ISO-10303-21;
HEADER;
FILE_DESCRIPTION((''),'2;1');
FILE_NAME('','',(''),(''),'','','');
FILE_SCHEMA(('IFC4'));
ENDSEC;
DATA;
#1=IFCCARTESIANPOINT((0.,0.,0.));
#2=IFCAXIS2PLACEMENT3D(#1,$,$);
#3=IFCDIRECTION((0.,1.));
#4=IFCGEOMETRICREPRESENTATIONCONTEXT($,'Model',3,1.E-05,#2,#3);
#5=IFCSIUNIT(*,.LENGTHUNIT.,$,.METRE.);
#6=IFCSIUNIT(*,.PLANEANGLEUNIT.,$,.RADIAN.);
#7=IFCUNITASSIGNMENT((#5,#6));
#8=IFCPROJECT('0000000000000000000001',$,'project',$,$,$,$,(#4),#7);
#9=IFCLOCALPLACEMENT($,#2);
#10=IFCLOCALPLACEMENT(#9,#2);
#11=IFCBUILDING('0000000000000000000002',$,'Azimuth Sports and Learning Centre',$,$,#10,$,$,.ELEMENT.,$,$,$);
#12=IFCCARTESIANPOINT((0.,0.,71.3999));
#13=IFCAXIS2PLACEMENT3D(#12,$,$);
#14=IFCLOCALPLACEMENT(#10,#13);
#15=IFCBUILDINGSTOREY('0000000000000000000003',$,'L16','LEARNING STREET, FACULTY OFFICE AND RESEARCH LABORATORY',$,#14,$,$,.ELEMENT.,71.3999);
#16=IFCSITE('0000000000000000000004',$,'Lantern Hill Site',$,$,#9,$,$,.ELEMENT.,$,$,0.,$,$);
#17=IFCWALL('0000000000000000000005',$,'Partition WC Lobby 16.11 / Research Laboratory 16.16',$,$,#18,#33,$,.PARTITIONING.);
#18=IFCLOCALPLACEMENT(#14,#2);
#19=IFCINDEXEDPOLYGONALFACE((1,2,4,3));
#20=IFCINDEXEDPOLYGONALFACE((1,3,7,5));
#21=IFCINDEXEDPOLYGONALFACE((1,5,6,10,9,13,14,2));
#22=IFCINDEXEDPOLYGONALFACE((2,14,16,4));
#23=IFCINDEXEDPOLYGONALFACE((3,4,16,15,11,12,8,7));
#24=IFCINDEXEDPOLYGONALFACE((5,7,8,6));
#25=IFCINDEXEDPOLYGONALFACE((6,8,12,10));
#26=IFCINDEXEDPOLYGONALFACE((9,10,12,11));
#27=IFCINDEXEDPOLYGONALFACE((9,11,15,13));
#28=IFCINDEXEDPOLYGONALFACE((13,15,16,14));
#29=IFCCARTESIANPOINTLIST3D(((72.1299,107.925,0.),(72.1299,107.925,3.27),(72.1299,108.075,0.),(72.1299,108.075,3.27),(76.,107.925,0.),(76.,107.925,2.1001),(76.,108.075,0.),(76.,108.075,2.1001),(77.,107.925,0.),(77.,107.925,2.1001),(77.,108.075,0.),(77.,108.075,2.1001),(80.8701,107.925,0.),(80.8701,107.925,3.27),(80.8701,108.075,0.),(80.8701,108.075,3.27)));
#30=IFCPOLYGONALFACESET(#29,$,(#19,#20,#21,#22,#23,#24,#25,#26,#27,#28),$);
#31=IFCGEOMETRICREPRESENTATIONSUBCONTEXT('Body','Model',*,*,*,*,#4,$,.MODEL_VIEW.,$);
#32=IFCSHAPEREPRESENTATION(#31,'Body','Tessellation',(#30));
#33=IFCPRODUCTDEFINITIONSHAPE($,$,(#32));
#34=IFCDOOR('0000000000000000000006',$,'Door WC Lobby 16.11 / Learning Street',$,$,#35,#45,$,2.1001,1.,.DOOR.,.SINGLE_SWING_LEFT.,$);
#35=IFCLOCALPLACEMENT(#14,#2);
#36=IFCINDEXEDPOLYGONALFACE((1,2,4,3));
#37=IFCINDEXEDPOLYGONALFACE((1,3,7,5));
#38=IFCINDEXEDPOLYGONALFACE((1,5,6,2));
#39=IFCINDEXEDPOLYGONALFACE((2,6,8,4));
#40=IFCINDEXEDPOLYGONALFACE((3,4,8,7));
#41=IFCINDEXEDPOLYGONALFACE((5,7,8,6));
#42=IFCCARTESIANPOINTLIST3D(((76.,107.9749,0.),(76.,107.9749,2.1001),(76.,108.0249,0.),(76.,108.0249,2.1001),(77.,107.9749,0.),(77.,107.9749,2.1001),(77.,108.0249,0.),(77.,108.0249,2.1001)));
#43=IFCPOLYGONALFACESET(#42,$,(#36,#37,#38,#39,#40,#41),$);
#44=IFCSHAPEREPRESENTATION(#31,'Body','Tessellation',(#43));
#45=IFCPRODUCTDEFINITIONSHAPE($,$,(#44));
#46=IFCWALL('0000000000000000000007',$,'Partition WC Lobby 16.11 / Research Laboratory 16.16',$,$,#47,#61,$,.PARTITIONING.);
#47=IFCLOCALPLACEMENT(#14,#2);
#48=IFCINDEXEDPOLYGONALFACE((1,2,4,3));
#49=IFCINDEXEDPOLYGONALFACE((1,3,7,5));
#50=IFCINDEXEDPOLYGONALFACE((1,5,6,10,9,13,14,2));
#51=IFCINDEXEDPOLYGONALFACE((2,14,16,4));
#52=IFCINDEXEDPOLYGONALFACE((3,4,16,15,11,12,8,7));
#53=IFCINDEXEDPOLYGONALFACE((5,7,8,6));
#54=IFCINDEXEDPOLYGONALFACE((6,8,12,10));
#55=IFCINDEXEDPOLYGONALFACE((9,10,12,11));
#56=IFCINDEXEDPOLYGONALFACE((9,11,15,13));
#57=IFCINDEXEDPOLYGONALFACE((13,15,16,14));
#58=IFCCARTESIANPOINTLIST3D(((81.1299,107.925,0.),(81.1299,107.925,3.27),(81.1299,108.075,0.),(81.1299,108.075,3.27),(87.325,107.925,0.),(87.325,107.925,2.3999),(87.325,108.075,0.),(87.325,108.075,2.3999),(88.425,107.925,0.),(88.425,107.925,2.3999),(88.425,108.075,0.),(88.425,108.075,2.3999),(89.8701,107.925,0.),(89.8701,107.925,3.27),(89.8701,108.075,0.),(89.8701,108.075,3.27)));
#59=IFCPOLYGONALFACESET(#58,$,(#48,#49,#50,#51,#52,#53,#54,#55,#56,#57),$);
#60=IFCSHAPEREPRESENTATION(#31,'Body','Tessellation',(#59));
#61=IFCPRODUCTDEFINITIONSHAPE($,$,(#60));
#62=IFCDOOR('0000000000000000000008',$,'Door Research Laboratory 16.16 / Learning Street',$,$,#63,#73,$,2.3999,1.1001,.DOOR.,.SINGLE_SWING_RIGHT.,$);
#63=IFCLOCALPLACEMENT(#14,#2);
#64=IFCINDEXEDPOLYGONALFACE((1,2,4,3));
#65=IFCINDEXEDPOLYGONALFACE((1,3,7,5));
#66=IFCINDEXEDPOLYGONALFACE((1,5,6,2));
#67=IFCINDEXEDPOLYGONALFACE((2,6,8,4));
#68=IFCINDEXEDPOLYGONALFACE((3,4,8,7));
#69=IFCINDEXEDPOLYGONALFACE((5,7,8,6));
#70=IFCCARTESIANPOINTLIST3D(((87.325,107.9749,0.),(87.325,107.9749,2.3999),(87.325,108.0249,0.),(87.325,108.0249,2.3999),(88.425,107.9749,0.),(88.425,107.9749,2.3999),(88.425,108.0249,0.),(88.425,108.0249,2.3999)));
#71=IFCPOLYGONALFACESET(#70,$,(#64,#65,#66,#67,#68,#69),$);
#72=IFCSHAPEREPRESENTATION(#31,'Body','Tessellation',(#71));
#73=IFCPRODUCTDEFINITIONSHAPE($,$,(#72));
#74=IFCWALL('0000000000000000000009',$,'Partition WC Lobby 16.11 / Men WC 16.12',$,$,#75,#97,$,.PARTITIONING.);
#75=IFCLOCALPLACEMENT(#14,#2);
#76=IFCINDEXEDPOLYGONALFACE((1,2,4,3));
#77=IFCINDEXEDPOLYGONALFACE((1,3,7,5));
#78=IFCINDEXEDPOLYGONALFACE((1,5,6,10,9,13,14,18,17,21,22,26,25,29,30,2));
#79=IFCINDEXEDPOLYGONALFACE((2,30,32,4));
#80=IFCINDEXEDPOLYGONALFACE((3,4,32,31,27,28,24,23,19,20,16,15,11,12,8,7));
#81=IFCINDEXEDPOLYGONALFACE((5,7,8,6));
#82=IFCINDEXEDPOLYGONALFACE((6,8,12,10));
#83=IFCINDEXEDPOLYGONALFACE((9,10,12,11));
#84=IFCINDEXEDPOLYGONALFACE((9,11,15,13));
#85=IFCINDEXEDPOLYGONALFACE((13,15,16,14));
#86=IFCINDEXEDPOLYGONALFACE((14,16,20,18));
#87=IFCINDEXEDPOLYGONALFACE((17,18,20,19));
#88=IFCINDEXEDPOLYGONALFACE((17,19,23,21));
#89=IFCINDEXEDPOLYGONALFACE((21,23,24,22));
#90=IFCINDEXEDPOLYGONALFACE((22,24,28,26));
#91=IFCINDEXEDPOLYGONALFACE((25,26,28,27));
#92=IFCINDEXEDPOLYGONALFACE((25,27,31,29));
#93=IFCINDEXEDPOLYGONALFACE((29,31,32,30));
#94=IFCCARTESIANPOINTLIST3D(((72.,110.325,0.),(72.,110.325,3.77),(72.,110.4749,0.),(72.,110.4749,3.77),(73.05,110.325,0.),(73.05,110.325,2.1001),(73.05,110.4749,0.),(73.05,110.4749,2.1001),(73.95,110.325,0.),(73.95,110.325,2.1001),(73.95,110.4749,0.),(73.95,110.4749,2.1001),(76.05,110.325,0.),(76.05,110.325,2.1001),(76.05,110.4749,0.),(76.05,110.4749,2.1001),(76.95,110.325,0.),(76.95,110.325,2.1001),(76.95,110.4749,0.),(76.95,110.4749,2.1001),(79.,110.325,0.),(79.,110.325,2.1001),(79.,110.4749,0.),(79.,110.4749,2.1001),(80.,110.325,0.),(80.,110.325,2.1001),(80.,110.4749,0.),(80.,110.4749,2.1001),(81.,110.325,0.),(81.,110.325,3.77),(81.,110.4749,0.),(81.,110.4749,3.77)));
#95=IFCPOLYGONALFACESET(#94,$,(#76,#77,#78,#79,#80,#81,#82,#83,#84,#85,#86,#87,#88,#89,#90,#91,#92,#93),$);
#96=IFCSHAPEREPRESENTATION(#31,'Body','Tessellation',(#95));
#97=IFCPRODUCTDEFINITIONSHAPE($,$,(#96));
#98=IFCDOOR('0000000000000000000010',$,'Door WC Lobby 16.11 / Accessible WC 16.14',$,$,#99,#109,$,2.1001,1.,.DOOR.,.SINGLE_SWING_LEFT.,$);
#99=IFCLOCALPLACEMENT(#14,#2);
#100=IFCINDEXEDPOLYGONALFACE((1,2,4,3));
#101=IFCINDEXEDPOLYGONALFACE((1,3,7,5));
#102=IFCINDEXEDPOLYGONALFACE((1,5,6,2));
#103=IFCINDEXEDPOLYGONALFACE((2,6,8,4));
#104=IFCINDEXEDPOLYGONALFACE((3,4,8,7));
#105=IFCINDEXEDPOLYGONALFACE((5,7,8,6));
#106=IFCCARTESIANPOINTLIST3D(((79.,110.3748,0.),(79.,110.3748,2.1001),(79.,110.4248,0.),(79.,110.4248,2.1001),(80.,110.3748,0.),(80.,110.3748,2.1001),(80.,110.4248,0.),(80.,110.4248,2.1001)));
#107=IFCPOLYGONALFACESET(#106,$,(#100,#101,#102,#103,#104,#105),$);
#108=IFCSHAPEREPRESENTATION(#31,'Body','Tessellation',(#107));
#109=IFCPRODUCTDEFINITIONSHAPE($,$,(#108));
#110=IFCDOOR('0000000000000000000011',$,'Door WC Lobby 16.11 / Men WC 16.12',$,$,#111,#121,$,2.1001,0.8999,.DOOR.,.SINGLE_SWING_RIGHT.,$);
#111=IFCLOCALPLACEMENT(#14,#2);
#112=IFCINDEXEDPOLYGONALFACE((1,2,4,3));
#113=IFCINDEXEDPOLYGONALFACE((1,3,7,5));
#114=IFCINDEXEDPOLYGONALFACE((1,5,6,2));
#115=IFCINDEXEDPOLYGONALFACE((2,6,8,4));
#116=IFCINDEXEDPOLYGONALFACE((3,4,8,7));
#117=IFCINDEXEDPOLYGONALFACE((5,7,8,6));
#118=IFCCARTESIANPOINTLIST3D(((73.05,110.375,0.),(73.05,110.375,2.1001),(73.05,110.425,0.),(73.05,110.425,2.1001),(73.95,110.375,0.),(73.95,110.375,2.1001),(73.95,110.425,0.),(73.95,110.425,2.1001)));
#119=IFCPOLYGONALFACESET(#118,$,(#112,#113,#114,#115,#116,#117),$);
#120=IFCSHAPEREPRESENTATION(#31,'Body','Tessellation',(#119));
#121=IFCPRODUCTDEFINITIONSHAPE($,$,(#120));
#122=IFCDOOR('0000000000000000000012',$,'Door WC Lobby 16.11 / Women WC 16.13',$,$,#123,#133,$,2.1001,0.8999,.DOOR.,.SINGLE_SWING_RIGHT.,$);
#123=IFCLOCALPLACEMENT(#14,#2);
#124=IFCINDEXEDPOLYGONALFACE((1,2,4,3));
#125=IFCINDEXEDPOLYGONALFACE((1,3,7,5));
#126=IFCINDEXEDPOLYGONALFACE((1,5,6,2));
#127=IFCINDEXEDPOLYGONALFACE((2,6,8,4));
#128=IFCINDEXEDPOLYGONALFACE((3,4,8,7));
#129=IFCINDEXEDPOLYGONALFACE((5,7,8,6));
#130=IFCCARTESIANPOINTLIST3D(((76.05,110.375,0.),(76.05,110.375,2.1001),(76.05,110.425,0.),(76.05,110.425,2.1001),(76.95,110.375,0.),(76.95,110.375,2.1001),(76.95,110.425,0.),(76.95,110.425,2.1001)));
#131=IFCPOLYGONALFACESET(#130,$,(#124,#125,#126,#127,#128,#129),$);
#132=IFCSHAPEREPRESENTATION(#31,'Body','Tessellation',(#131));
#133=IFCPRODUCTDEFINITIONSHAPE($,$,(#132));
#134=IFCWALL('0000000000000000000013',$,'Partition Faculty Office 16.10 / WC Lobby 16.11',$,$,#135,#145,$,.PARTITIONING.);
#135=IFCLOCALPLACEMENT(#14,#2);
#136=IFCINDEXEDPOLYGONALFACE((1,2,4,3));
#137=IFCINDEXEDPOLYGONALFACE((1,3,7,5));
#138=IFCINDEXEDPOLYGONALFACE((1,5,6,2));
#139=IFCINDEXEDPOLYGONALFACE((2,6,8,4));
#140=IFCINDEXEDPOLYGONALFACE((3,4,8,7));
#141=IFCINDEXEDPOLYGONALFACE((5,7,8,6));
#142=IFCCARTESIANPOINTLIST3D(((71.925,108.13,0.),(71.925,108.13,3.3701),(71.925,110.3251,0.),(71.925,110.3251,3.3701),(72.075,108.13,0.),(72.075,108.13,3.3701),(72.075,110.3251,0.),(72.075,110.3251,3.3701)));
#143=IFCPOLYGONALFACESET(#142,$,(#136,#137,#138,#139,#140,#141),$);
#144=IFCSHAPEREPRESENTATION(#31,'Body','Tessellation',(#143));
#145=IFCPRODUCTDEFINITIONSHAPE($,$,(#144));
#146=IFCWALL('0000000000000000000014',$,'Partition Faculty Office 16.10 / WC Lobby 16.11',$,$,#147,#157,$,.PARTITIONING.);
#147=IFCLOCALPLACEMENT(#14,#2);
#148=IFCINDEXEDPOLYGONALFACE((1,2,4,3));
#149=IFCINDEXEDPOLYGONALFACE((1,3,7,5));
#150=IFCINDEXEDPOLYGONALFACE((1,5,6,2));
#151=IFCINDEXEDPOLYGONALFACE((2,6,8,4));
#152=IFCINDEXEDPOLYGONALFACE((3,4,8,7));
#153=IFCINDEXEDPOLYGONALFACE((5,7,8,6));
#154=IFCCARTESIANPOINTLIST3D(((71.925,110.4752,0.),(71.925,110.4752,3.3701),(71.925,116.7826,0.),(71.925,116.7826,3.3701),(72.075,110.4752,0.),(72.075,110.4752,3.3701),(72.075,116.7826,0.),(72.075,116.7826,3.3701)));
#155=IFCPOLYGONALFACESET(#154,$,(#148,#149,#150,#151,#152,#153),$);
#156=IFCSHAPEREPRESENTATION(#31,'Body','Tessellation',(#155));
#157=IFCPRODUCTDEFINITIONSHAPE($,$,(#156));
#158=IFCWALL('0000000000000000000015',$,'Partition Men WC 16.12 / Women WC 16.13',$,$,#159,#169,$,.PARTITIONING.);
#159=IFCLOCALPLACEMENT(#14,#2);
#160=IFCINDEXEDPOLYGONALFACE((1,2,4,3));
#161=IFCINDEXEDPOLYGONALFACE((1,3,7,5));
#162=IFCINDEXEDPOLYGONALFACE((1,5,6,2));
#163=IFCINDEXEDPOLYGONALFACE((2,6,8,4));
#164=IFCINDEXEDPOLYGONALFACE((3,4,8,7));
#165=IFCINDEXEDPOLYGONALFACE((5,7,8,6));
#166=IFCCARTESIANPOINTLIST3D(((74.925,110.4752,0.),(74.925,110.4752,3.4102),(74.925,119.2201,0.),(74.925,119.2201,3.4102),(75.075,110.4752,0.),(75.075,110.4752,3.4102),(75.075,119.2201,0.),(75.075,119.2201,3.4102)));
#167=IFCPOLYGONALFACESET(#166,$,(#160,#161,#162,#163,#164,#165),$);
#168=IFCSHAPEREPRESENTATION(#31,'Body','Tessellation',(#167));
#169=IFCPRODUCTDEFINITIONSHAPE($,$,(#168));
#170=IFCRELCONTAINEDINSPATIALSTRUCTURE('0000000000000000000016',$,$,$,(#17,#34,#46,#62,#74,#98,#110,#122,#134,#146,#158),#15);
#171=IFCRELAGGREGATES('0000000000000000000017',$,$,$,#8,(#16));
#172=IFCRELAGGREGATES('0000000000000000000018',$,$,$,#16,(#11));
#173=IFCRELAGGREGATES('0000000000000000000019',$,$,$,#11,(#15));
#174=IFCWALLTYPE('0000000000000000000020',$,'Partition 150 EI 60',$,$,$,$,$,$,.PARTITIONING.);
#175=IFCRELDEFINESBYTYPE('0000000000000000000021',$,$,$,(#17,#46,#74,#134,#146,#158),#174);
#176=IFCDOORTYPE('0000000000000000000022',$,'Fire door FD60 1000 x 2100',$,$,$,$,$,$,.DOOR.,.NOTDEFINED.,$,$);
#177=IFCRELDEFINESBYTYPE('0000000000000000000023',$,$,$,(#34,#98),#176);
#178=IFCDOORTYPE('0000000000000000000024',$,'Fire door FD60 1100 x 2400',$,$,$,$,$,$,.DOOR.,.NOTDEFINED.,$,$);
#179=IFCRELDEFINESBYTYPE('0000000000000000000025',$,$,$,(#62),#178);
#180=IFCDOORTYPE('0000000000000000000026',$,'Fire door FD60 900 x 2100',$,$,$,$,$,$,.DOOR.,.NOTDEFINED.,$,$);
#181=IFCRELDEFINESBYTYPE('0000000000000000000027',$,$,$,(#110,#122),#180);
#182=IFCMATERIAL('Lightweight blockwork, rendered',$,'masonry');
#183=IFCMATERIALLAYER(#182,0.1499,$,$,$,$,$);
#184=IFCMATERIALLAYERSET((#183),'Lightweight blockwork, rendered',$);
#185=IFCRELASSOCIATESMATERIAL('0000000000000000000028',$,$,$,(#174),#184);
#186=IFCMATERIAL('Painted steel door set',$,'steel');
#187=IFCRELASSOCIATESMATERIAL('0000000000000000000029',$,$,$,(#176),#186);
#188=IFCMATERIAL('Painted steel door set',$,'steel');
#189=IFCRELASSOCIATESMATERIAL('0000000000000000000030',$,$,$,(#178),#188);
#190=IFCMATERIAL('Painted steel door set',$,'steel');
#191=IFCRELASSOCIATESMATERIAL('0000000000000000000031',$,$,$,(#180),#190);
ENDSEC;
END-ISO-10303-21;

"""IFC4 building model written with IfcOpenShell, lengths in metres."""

from ifc_helpers import new_model, si_unit, direction, frame, frame_2d, origin, place, context, subcontext, project, spatial, rectangle, extrude, material, layer, layer_set, type_object, element, fill, save


model = new_model("IFC4")

# Units and contexts
model_context = context("Model", 3, precision=1e-05, world=origin(), true_north=direction((0.0, 1.0)))
body_context = subcontext(model_context, "Body", "Model", "MODEL_VIEW")
ifc_project = project(units=[si_unit("LENGTHUNIT", "METRE"), si_unit("PLANEANGLEUNIT", "RADIAN")], contexts=[model_context])

# Site, building, storey
site_placement = place(None, origin())
site = spatial("IfcSite", under=ifc_project, at=site_placement, Name="Lantern Hill Site", CompositionType="ELEMENT", RefElevation=0.0)
building_placement = place(site_placement, origin())
building = spatial("IfcBuilding", under=site, at=building_placement, Name="Azimuth Sports and Learning Centre", CompositionType="ELEMENT")
storey_placement = place(building_placement, frame((0.0, 0.0, 71.3999)))
storey = spatial("IfcBuildingStorey", under=building, at=storey_placement, Name="L16", Description="LEARNING STREET, FACULTY OFFICE AND RESEARCH LABORATORY", CompositionType="ELEMENT", Elevation=71.3999)

# Walls, openings, doors
ifc_material_1 = material(Name="Lightweight blockwork, rendered", Category="masonry")
ifc_layer = layer(ifc_material_1, 0.1499)
ifc_layer_set = layer_set([ifc_layer], Name="Lightweight blockwork, rendered")
wall_type = type_object("IfcWallType", Name="Partition 150 EI 60", PredefinedType="PARTITIONING", material=ifc_layer_set)
wall_1_placement = place(storey_placement, frame((72.1299, 108.0, 0.0), z_axis=(0.0, 0.0, 1.0), x_axis=(1.0, 0.0, 0.0)))
wall_1 = element("IfcWall", 1, at=wall_1_placement, inside=storey, type_object=wall_type, Name="Partition WC Lobby 16.11 / Research Laboratory 16.16", PredefinedType="PARTITIONING", context=body_context, shape_type="SweptSolid", body=[
    extrude(rectangle(XDim=8.7402, YDim=0.1499, at=frame_2d((4.3701, 0.0))), origin(), (0.0, 0.0, 1.0), 3.27),
])
opening_1_placement = place(wall_1_placement, frame((3.8701, 0.0, 0.0)))
opening_1 = element("IfcOpeningElement", 2, at=opening_1_placement, cuts=wall_1, PredefinedType="OPENING", context=body_context, shape_type="SweptSolid", body=[
    extrude(rectangle(XDim=1.0, YDim=2.1001, at=frame_2d((0.5, 1.05))), frame((0.0, 0.0859, 0.0), z_axis=(0.0, -1.0, 0.0), x_axis=(1.0, 0.0, 0.0)), (0.0, 0.0, 1.0), 0.1719),
])
ifc_material_2 = material(Name="Painted steel door set", Category="steel")
door_type_1 = type_object("IfcDoorType", Name="Fire door FD60 1000 x 2100", OperationType="NOTDEFINED", PredefinedType="DOOR", material=ifc_material_2)
door_1_placement = place(opening_1_placement, origin())
door_1 = element("IfcDoor", 3, at=door_1_placement, inside=storey, type_object=door_type_1, Name="Door WC Lobby 16.11 / Learning Street", OperationType="SINGLE_SWING_LEFT", OverallHeight=2.1001, OverallWidth=1.0, PredefinedType="DOOR", context=body_context, shape_type="SweptSolid", body=[
    extrude(rectangle(XDim=1.0, YDim=2.1001, at=frame_2d((0.5, 1.05))), frame((0.0, 0.0249, 0.0), z_axis=(0.0, -1.0, 0.0), x_axis=(1.0, 0.0, 0.0)), (0.0, 0.0, 1.0), 0.05),
])
fill(opening_1, door_1)
wall_2_placement = place(storey_placement, frame((81.1299, 108.0, 0.0), z_axis=(0.0, 0.0, 1.0), x_axis=(1.0, 0.0, 0.0)))
wall_2 = element("IfcWall", 4, at=wall_2_placement, inside=storey, type_object=wall_type, Name="Partition WC Lobby 16.11 / Research Laboratory 16.16", PredefinedType="PARTITIONING", context=body_context, shape_type="SweptSolid", body=[
    extrude(rectangle(XDim=8.7402, YDim=0.1499, at=frame_2d((4.3701, 0.0))), origin(), (0.0, 0.0, 1.0), 3.27),
])
opening_2_placement = place(wall_2_placement, frame((6.1951, 0.0, 0.0)))
opening_2 = element("IfcOpeningElement", 5, at=opening_2_placement, cuts=wall_2, PredefinedType="OPENING", context=body_context, shape_type="SweptSolid", body=[
    extrude(rectangle(XDim=1.1001, YDim=2.3999, at=frame_2d((0.55, 1.2))), frame((0.0, 0.0859, 0.0), z_axis=(0.0, -1.0, 0.0), x_axis=(1.0, 0.0, 0.0)), (0.0, 0.0, 1.0), 0.1719),
])
ifc_material_3 = material(Name="Painted steel door set", Category="steel")
door_type_2 = type_object("IfcDoorType", Name="Fire door FD60 1100 x 2400", OperationType="NOTDEFINED", PredefinedType="DOOR", material=ifc_material_3)
door_2_placement = place(opening_2_placement, origin())
door_2 = element("IfcDoor", 6, at=door_2_placement, inside=storey, type_object=door_type_2, Name="Door Research Laboratory 16.16 / Learning Street", OperationType="SINGLE_SWING_RIGHT", OverallHeight=2.3999, OverallWidth=1.1001, PredefinedType="DOOR", context=body_context, shape_type="SweptSolid", body=[
    extrude(rectangle(XDim=1.1001, YDim=2.3999, at=frame_2d((0.55, 1.2))), frame((0.0, 0.0249, 0.0), z_axis=(0.0, -1.0, 0.0), x_axis=(1.0, 0.0, 0.0)), (0.0, 0.0, 1.0), 0.05),
])
fill(opening_2, door_2)

# Wall, openings, doors
wall_3_placement = place(storey_placement, frame((72.0, 110.3999, 0.0), z_axis=(0.0, 0.0, 1.0), x_axis=(1.0, 0.0, 0.0)))
wall_3 = element("IfcWall", 7, at=wall_3_placement, inside=storey, type_object=wall_type, Name="Partition WC Lobby 16.11 / Men WC 16.12", PredefinedType="PARTITIONING", context=body_context, shape_type="SweptSolid", body=[
    extrude(rectangle(XDim=9.0, YDim=0.1499, at=frame_2d((4.5, 0.0))), origin(), (0.0, 0.0, 1.0), 3.77),
])
opening_3_placement = place(wall_3_placement, frame((1.05, 0.0, 0.0)))
opening_3 = element("IfcOpeningElement", 8, at=opening_3_placement, cuts=wall_3, PredefinedType="OPENING", context=body_context, shape_type="SweptSolid", body=[
    extrude(rectangle(XDim=0.8999, YDim=2.1001, at=frame_2d((0.45, 1.05))), frame((0.0, 0.0859, 0.0), z_axis=(0.0, -1.0, 0.0), x_axis=(1.0, 0.0, 0.0)), (0.0, 0.0, 1.0), 0.1719),
])
opening_4_placement = place(wall_3_placement, frame((4.05, 0.0, 0.0)))
opening_4 = element("IfcOpeningElement", 9, at=opening_4_placement, cuts=wall_3, PredefinedType="OPENING", context=body_context, shape_type="SweptSolid", body=[
    extrude(rectangle(XDim=0.8999, YDim=2.1001, at=frame_2d((0.45, 1.05))), frame((0.0, 0.0859, 0.0), z_axis=(0.0, -1.0, 0.0), x_axis=(1.0, 0.0, 0.0)), (0.0, 0.0, 1.0), 0.1719),
])
opening_5_placement = place(wall_3_placement, frame((7.0, 0.0, 0.0)))
opening_5 = element("IfcOpeningElement", 10, at=opening_5_placement, cuts=wall_3, PredefinedType="OPENING", context=body_context, shape_type="SweptSolid", body=[
    extrude(rectangle(XDim=1.0, YDim=2.1001, at=frame_2d((0.5, 1.05))), frame((0.0, 0.0859, 0.0), z_axis=(0.0, -1.0, 0.0), x_axis=(1.0, 0.0, 0.0)), (0.0, 0.0, 1.0), 0.1719),
])
door_3_placement = place(opening_5_placement, origin())
door_3 = element("IfcDoor", 11, at=door_3_placement, inside=storey, type_object=door_type_1, Name="Door WC Lobby 16.11 / Accessible WC 16.14", OperationType="SINGLE_SWING_LEFT", OverallHeight=2.1001, OverallWidth=1.0, PredefinedType="DOOR", context=body_context, shape_type="SweptSolid", body=[
    extrude(rectangle(XDim=1.0, YDim=2.1001, at=frame_2d((0.5, 1.05))), frame((0.0, 0.0249, 0.0), z_axis=(0.0, -1.0, 0.0), x_axis=(1.0, 0.0, 0.0)), (0.0, 0.0, 1.0), 0.05),
])
fill(opening_5, door_3)
ifc_material_4 = material(Name="Painted steel door set", Category="steel")
door_type_3 = type_object("IfcDoorType", Name="Fire door FD60 900 x 2100", OperationType="NOTDEFINED", PredefinedType="DOOR", material=ifc_material_4)
door_4_placement = place(opening_3_placement, frame((0.8999, 0.0, 0.0), z_axis=(0.0, 0.0, 1.0), x_axis=(-1.0, 0.0, 0.0)))
door_4 = element("IfcDoor", 12, at=door_4_placement, inside=storey, type_object=door_type_3, Name="Door WC Lobby 16.11 / Men WC 16.12", OperationType="SINGLE_SWING_RIGHT", OverallHeight=2.1001, OverallWidth=0.8999, PredefinedType="DOOR", context=body_context, shape_type="SweptSolid", body=[
    extrude(rectangle(XDim=0.8999, YDim=2.1001, at=frame_2d((0.45, 1.05))), frame((0.0, 0.0249, 0.0), z_axis=(0.0, -1.0, 0.0), x_axis=(1.0, 0.0, 0.0)), (0.0, 0.0, 1.0), 0.05),
])
fill(opening_3, door_4)
door_5_placement = place(opening_4_placement, frame((0.8999, 0.0, 0.0), z_axis=(0.0, 0.0, 1.0), x_axis=(-1.0, 0.0, 0.0)))
door_5 = element("IfcDoor", 13, at=door_5_placement, inside=storey, type_object=door_type_3, Name="Door WC Lobby 16.11 / Women WC 16.13", OperationType="SINGLE_SWING_RIGHT", OverallHeight=2.1001, OverallWidth=0.8999, PredefinedType="DOOR", context=body_context, shape_type="SweptSolid", body=[
    extrude(rectangle(XDim=0.8999, YDim=2.1001, at=frame_2d((0.45, 1.05))), frame((0.0, 0.0249, 0.0), z_axis=(0.0, -1.0, 0.0), x_axis=(1.0, 0.0, 0.0)), (0.0, 0.0, 1.0), 0.05),
])
fill(opening_4, door_5)

# Walls
wall_4_placement = place(storey_placement, frame((72.0, 108.1299, 0.0), z_axis=(0.0, 0.0, 1.0), x_axis=(0.0, 1.0, 0.0)))
element("IfcWall", 14, at=wall_4_placement, inside=storey, type_object=wall_type, Name="Partition Faculty Office 16.10 / WC Lobby 16.11", PredefinedType="PARTITIONING", context=body_context, shape_type="SweptSolid", body=[
    extrude(rectangle(XDim=2.1951, YDim=0.1499, at=frame_2d((1.0977, 0.0))), origin(), (0.0, 0.0, 1.0), 3.3701),
])
wall_5_placement = place(storey_placement, frame((72.0, 110.4751, 0.0), z_axis=(0.0, 0.0, 1.0), x_axis=(0.0, 1.0, 0.0)))
element("IfcWall", 15, at=wall_5_placement, inside=storey, type_object=wall_type, Name="Partition Faculty Office 16.10 / WC Lobby 16.11", PredefinedType="PARTITIONING", context=body_context, shape_type="SweptSolid", body=[
    extrude(rectangle(XDim=6.3074, YDim=0.1499, at=frame_2d((3.1538, 0.0))), origin(), (0.0, 0.0, 1.0), 3.3701),
])
wall_6_placement = place(storey_placement, frame((75.0, 110.4751, 0.0), z_axis=(0.0, 0.0, 1.0), x_axis=(0.0, 1.0, 0.0)))
element("IfcWall", 16, at=wall_6_placement, inside=storey, type_object=wall_type, Name="Partition Men WC 16.12 / Women WC 16.13", PredefinedType="PARTITIONING", context=body_context, shape_type="SweptSolid", body=[
    extrude(rectangle(XDim=8.7449, YDim=0.1499, at=frame_2d((4.3726, 0.0))), origin(), (0.0, 0.0, 1.0), 3.4102),
])

save(model, "model.ifc")
